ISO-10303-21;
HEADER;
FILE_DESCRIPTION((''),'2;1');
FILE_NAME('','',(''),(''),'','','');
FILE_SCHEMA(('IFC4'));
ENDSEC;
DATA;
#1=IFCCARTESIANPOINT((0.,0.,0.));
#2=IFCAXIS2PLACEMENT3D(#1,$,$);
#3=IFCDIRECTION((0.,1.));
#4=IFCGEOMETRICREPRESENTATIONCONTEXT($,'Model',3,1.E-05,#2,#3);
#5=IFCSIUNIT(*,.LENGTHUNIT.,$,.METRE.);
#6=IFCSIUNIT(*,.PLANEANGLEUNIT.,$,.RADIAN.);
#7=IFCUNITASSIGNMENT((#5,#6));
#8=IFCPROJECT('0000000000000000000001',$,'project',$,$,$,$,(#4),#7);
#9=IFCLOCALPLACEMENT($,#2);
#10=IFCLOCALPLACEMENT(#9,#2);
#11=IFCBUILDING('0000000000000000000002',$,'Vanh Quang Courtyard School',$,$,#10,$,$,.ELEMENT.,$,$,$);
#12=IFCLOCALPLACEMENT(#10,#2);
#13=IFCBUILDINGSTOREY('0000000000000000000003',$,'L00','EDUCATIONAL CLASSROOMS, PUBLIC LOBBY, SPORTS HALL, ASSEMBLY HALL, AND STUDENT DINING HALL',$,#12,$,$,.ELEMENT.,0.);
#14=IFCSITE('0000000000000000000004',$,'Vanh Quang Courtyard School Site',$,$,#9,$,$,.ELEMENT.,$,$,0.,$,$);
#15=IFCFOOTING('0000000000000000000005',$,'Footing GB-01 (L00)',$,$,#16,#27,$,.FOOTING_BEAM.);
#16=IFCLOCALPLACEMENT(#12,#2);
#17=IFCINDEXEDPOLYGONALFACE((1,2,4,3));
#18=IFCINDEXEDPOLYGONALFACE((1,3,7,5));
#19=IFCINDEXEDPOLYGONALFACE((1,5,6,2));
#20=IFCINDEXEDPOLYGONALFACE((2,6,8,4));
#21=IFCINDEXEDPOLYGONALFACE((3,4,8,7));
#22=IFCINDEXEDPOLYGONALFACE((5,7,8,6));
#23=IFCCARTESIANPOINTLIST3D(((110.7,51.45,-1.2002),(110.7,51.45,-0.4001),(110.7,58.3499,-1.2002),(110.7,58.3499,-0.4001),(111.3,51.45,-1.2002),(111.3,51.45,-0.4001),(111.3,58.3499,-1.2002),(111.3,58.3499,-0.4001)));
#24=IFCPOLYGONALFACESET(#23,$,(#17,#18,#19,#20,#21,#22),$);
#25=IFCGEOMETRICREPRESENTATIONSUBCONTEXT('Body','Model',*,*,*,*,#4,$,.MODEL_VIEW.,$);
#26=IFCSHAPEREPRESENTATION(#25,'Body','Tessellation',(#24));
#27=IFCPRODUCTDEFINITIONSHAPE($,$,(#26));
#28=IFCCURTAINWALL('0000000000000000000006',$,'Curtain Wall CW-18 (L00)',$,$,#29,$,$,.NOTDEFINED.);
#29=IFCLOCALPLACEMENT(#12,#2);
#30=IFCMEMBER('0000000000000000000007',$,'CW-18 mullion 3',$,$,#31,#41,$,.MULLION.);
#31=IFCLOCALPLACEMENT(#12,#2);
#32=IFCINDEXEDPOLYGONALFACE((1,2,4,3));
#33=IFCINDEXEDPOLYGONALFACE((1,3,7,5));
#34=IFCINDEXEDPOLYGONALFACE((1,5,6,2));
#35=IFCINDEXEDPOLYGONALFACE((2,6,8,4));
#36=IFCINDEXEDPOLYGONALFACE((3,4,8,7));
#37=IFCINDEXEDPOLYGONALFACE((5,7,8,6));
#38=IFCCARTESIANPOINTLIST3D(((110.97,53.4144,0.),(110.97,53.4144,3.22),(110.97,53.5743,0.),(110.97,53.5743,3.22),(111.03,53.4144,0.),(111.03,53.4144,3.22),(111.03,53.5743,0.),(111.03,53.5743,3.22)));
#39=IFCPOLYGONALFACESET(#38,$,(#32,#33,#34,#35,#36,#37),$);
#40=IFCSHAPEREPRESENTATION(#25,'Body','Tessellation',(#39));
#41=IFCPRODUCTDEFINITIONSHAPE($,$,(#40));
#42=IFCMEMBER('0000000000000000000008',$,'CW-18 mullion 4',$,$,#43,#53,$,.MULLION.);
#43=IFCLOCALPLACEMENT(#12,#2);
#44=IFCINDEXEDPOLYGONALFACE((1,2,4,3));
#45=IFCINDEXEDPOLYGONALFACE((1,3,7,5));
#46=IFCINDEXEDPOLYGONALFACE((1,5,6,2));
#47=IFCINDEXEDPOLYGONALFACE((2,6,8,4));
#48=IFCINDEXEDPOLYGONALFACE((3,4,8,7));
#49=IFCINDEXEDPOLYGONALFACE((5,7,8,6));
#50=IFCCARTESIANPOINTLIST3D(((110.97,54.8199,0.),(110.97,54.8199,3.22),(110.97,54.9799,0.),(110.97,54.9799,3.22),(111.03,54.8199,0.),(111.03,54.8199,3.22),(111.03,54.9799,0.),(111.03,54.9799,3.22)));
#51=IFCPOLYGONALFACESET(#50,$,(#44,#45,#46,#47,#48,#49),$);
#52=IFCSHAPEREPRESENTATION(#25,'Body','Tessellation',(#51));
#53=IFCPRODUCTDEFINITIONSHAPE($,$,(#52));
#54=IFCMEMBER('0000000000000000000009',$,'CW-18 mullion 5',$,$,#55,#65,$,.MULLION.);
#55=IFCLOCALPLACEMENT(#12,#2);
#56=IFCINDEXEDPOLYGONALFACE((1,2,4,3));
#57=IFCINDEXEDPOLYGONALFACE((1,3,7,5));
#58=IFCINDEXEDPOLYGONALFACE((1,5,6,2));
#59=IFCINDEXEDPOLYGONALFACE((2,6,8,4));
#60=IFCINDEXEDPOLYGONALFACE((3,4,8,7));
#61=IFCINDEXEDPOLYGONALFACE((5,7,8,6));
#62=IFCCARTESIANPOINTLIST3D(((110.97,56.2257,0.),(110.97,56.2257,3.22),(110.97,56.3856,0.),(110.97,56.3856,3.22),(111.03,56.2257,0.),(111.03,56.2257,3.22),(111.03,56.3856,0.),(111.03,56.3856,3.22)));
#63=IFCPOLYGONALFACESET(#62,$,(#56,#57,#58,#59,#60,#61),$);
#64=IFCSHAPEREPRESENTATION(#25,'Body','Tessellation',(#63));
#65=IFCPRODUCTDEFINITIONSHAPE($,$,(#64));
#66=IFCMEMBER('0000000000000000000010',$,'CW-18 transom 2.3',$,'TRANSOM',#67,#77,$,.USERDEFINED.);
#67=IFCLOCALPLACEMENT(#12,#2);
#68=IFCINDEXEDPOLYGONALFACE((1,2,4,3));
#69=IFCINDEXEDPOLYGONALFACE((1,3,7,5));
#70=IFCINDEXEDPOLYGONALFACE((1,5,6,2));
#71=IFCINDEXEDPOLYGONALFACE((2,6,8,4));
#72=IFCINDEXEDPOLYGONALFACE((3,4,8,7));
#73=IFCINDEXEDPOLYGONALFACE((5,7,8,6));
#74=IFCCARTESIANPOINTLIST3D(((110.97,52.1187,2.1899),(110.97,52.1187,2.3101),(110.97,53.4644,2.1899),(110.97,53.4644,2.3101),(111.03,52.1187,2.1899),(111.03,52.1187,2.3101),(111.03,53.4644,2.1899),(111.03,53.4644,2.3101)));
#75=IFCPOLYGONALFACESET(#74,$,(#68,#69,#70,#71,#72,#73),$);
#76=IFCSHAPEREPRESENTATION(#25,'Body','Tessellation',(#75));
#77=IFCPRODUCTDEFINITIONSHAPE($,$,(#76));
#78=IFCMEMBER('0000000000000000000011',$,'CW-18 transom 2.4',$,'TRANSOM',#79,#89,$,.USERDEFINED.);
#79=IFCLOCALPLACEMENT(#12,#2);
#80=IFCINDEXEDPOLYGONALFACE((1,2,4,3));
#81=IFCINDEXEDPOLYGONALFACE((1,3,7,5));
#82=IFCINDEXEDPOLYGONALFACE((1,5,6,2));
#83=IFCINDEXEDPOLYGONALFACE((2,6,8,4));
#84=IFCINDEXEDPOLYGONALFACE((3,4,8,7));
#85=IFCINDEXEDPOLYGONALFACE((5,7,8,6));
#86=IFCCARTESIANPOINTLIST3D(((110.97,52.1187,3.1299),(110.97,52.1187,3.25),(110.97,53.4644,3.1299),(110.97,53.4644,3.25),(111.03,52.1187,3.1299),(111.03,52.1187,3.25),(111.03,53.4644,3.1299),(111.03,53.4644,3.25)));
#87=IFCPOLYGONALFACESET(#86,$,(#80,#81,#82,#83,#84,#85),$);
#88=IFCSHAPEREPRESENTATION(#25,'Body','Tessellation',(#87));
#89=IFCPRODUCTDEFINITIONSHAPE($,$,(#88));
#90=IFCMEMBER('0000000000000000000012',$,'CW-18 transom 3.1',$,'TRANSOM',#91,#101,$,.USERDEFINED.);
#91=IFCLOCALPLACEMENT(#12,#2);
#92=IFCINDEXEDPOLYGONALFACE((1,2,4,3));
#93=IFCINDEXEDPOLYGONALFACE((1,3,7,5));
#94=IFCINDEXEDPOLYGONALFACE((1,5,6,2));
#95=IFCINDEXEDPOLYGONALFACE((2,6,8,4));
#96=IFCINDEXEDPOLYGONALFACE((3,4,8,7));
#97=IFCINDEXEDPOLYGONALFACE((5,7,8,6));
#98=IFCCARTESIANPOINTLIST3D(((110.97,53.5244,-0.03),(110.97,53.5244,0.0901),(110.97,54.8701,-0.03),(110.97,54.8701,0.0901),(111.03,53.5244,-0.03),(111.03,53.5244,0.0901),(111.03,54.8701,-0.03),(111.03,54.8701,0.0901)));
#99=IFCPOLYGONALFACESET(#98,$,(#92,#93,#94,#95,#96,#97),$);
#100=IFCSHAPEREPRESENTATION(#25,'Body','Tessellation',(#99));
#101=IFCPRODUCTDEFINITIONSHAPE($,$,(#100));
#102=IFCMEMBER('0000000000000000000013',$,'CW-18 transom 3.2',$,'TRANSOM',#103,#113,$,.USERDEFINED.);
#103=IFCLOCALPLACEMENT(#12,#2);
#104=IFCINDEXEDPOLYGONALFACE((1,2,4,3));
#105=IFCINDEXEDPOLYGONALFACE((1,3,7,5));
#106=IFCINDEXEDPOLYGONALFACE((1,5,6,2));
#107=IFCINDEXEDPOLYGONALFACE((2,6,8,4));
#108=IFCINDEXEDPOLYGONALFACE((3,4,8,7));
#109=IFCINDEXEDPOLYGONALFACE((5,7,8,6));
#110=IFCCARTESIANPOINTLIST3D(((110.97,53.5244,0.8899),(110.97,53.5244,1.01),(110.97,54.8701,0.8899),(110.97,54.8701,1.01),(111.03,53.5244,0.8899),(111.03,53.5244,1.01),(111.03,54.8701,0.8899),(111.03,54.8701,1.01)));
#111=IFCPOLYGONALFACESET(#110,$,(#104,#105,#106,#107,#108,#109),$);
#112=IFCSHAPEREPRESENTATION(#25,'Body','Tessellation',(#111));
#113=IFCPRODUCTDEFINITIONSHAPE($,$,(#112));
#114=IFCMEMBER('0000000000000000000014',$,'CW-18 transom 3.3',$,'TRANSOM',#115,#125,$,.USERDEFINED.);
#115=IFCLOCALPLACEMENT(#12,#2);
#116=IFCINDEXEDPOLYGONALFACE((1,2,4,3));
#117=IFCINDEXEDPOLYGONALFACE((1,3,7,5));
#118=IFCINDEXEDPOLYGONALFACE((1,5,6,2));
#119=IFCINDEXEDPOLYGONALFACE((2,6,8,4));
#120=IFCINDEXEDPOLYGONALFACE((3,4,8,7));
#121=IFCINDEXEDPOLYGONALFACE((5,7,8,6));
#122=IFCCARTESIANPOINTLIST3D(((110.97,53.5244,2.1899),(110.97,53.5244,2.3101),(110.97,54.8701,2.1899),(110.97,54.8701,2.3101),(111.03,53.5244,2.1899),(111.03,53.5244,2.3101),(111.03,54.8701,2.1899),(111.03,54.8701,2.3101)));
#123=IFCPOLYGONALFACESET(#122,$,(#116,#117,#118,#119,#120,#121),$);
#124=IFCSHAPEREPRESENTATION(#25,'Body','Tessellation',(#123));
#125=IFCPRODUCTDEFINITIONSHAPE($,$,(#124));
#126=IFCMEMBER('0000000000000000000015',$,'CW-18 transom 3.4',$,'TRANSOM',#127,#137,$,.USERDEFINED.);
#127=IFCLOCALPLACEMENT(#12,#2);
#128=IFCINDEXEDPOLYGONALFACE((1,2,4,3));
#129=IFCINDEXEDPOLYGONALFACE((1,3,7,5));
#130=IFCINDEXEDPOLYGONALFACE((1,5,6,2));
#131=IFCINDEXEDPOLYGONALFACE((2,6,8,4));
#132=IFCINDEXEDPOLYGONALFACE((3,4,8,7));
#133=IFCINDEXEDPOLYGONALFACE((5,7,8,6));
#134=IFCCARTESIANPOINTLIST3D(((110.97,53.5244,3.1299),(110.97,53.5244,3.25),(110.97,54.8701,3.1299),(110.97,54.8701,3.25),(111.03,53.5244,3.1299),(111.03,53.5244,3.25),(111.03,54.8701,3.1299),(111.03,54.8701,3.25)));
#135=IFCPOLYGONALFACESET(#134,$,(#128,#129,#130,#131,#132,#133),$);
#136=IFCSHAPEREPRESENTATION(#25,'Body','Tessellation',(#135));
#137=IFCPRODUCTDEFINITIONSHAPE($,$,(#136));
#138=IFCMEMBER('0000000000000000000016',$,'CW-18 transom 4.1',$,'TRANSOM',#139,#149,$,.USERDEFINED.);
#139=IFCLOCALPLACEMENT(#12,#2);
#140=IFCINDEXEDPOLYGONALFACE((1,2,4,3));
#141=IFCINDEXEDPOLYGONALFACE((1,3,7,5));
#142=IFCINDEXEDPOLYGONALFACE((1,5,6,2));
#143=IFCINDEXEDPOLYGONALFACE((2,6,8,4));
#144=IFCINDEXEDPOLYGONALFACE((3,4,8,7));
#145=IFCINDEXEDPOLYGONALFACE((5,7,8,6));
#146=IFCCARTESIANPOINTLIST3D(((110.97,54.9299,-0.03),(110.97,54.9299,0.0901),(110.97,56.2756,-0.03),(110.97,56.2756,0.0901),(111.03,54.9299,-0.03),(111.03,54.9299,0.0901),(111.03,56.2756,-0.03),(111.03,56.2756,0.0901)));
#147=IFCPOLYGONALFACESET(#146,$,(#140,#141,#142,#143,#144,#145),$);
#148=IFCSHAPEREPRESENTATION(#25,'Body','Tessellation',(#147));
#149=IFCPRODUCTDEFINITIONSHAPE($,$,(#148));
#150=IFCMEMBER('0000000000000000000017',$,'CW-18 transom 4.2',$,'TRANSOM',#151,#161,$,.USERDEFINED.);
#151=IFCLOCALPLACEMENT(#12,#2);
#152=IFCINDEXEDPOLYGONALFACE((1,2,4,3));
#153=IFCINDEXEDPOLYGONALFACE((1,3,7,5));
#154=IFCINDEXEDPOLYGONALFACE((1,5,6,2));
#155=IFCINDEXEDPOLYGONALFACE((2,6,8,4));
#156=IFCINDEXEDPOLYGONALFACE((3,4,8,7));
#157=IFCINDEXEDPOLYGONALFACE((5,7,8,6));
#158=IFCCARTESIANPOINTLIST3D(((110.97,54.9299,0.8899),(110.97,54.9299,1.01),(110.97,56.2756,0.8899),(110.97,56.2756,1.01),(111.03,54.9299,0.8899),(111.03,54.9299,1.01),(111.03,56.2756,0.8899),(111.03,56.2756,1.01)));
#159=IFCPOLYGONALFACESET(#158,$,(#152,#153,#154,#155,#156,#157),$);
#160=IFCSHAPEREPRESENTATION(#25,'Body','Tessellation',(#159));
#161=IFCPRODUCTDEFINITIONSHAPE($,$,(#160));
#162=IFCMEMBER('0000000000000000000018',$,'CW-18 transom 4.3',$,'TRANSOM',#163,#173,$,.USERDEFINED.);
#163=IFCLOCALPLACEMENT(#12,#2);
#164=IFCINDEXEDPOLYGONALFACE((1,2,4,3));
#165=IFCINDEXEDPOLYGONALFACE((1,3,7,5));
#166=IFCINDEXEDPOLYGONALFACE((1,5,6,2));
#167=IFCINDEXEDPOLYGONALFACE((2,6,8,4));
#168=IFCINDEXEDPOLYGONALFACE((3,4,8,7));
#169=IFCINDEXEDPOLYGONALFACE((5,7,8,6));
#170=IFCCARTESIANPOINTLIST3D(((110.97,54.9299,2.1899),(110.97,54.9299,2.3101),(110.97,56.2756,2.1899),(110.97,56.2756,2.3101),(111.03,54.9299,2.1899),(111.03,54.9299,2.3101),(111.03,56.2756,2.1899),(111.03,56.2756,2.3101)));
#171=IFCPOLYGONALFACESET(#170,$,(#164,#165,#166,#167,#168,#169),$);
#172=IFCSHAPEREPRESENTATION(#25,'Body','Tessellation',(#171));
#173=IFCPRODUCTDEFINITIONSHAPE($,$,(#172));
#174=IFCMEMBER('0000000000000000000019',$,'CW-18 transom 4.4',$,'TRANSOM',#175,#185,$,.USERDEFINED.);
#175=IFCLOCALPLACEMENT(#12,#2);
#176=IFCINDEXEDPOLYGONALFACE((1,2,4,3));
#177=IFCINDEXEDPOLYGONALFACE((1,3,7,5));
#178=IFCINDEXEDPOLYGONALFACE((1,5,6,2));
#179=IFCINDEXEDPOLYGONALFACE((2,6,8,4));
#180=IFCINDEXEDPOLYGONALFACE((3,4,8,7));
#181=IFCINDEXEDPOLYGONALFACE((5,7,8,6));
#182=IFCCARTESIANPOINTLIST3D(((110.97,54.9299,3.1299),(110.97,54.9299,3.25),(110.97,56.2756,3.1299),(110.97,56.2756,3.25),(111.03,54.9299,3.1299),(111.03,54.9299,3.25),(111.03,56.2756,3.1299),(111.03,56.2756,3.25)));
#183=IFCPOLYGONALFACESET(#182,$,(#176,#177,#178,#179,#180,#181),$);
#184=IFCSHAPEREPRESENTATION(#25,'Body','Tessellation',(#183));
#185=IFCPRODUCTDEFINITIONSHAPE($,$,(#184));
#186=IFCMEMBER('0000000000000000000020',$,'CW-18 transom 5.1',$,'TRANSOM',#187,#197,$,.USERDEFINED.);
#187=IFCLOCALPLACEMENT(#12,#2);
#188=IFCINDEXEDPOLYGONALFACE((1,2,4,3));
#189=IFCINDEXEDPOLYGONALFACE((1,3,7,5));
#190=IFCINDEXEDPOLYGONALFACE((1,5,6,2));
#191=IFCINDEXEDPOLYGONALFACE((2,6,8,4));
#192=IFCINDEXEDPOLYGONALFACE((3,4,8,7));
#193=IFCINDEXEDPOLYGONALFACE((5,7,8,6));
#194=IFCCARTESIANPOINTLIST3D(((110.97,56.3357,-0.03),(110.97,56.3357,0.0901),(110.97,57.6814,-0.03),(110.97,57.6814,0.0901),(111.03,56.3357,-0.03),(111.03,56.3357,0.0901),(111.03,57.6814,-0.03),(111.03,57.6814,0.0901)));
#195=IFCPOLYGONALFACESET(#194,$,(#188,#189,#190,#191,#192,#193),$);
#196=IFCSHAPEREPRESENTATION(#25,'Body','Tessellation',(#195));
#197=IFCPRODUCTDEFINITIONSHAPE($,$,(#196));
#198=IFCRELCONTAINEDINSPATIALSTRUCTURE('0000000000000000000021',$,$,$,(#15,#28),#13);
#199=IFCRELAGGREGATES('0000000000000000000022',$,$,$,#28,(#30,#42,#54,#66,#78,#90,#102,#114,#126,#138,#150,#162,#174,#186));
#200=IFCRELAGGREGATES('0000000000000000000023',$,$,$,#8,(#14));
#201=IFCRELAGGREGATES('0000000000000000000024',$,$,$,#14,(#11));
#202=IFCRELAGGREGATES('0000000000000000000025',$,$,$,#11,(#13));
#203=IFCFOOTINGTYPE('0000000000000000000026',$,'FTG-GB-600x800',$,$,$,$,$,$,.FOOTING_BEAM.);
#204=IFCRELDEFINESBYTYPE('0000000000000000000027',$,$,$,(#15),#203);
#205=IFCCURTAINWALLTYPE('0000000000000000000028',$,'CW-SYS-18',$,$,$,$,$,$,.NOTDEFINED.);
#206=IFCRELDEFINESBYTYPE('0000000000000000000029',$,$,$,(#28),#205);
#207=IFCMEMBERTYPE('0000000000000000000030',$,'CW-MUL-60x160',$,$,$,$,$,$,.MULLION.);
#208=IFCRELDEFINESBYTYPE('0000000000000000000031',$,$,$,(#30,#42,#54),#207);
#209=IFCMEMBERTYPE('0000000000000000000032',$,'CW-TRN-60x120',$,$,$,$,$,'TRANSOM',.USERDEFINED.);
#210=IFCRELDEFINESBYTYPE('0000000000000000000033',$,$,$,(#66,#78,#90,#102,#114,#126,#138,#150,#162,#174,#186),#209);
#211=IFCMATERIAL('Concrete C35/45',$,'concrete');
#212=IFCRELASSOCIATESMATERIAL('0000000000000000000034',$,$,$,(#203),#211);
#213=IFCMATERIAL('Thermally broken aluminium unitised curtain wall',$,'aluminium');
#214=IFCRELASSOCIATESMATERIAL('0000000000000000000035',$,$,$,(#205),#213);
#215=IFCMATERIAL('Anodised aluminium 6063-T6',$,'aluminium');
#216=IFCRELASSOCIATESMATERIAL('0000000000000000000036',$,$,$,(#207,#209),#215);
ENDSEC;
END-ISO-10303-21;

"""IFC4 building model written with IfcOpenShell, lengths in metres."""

from ifc_helpers import new_model, si_unit, direction, frame, origin, origin_2d, place, context, subcontext, project, spatial, rectangle, extrude, material, material_profile, profile_set, type_object, element, aggregate, save


model = new_model("IFC4")

# Units and contexts
model_context = context("Model", 3, precision=1e-05, world=origin(), true_north=direction((0.0, 1.0)))
body_context = subcontext(model_context, "Body", "Model", "MODEL_VIEW")
ifc_project = project(units=[si_unit("LENGTHUNIT", "METRE"), si_unit("PLANEANGLEUNIT", "RADIAN")], contexts=[model_context])

# Site, building, storey
site_placement = place(None, origin())
site = spatial("IfcSite", under=ifc_project, at=site_placement, Name="Vanh Quang Courtyard School Site", CompositionType="ELEMENT", RefElevation=0.0)
building_placement = place(site_placement, origin())
building = spatial("IfcBuilding", under=site, at=building_placement, Name="Vanh Quang Courtyard School", CompositionType="ELEMENT")
storey_placement = place(building_placement, origin())
storey = spatial("IfcBuildingStorey", under=building, at=storey_placement, Name="L00", Description="EDUCATIONAL CLASSROOMS, PUBLIC LOBBY, SPORTS HALL, ASSEMBLY HALL, AND STUDENT DINING HALL", CompositionType="ELEMENT", Elevation=0.0)

# Footing
ifc_material_1 = material(Name="Concrete C35/45", Category="concrete")
footing_type = type_object("IfcFootingType", Name="FTG-GB-600x800", PredefinedType="FOOTING_BEAM", material=ifc_material_1)
footing_placement = place(storey_placement, frame((111.0, 54.8999, -1.2002), z_axis=(0.0, 0.0, 1.0), x_axis=(0.0, 1.0, 0.0)))
element("IfcFooting", 1, at=footing_placement, inside=storey, type_object=footing_type, Name="Footing GB-01 (L00)", PredefinedType="FOOTING_BEAM", context=body_context, shape_type="SweptSolid", body=[
    extrude(rectangle(XDim=6.8999, YDim=0.6001, at=origin_2d()), origin(), (0.0, 0.0, 1.0), 0.8),
])

# Curtain wall, members
ifc_material_2 = material(Name="Thermally broken aluminium unitised curtain wall", Category="aluminium")
curtain_wall_type = type_object("IfcCurtainWallType", Name="CW-SYS-18", PredefinedType="NOTDEFINED", material=ifc_material_2)
curtain_wall_placement = place(storey_placement, origin())
curtain_wall = element("IfcCurtainWall", 2, at=curtain_wall_placement, inside=storey, type_object=curtain_wall_type, Name="Curtain Wall CW-18 (L00)", PredefinedType="NOTDEFINED")
ifc_material_3 = material(Name="Anodised aluminium 6063-T6", Category="aluminium")
ifc_material_profile_1 = material_profile(ifc_material_3, rectangle(XDim=0.0601, YDim=0.1599, at=origin_2d()), Name="ALU-MUL 60x160")
ifc_profile_set_1 = profile_set([ifc_material_profile_1], Name="Anodised aluminium 6063-T6")
member_type_1 = type_object("IfcMemberType", Name="CW-MUL-60x160", PredefinedType="MULLION", material=ifc_profile_set_1)
member_1_placement = place(storey_placement, frame((111.0, 53.4944, 0.0), z_axis=(0.0, 0.0, 1.0), x_axis=(-1.0, 0.0, 0.0)))
member_1 = element("IfcMember", 3, at=member_1_placement, type_object=member_type_1, Name="CW-18 mullion 3", PredefinedType="MULLION", context=body_context, shape_type="SweptSolid", body=[
    extrude(rectangle(XDim=0.0601, YDim=0.1599, at=origin_2d()), origin(), (0.0, 0.0, 1.0), 3.22),
])
member_2_placement = place(storey_placement, frame((111.0, 54.8999, 0.0), z_axis=(0.0, 0.0, 1.0), x_axis=(-1.0, 0.0, 0.0)))
member_2 = element("IfcMember", 4, at=member_2_placement, type_object=member_type_1, Name="CW-18 mullion 4", PredefinedType="MULLION", context=body_context, shape_type="SweptSolid", body=[
    extrude(rectangle(XDim=0.0601, YDim=0.1599, at=origin_2d()), origin(), (0.0, 0.0, 1.0), 3.22),
])
member_3_placement = place(storey_placement, frame((111.0, 56.3057, 0.0), z_axis=(0.0, 0.0, 1.0), x_axis=(-1.0, 0.0, 0.0)))
member_3 = element("IfcMember", 5, at=member_3_placement, type_object=member_type_1, Name="CW-18 mullion 5", PredefinedType="MULLION", context=body_context, shape_type="SweptSolid", body=[
    extrude(rectangle(XDim=0.0601, YDim=0.1599, at=origin_2d()), origin(), (0.0, 0.0, 1.0), 3.22),
])
ifc_material_profile_2 = material_profile(ifc_material_3, rectangle(XDim=0.0601, YDim=0.1201, at=origin_2d()), Name="ALU-TRN 60x120")
ifc_profile_set_2 = profile_set([ifc_material_profile_2], Name="Anodised aluminium 6063-T6")
member_type_2 = type_object("IfcMemberType", Name="CW-TRN-60x120", ElementType="TRANSOM", PredefinedType="USERDEFINED", material=ifc_profile_set_2)
member_4_placement = place(storey_placement, frame((111.0, 52.1187, 2.25), z_axis=(0.0, 1.0, 0.0), x_axis=(-1.0, 0.0, 0.0)))
member_4 = element("IfcMember", 6, at=member_4_placement, type_object=member_type_2, Name="CW-18 transom 2.3", ObjectType="TRANSOM", PredefinedType="USERDEFINED", context=body_context, shape_type="SweptSolid", body=[
    extrude(rectangle(XDim=0.0601, YDim=0.1201, at=origin_2d()), origin(), (0.0, 0.0, 1.0), 1.3457),
])
member_5_placement = place(storey_placement, frame((111.0, 52.1187, 3.1899), z_axis=(0.0, 1.0, 0.0), x_axis=(-1.0, 0.0, 0.0)))
member_5 = element("IfcMember", 7, at=member_5_placement, type_object=member_type_2, Name="CW-18 transom 2.4", ObjectType="TRANSOM", PredefinedType="USERDEFINED", context=body_context, shape_type="SweptSolid", body=[
    extrude(rectangle(XDim=0.0601, YDim=0.1201, at=origin_2d()), origin(), (0.0, 0.0, 1.0), 1.3457),
])
member_6_placement = place(storey_placement, frame((111.0, 53.5244, 0.03), z_axis=(0.0, 1.0, 0.0), x_axis=(-1.0, 0.0, 0.0)))
member_6 = element("IfcMember", 8, at=member_6_placement, type_object=member_type_2, Name="CW-18 transom 3.1", ObjectType="TRANSOM", PredefinedType="USERDEFINED", context=body_context, shape_type="SweptSolid", body=[
    extrude(rectangle(XDim=0.0601, YDim=0.1201, at=origin_2d()), origin(), (0.0, 0.0, 1.0), 1.3457),
])
member_7_placement = place(storey_placement, frame((111.0, 53.5244, 0.95), z_axis=(0.0, 1.0, 0.0), x_axis=(-1.0, 0.0, 0.0)))
member_7 = element("IfcMember", 9, at=member_7_placement, type_object=member_type_2, Name="CW-18 transom 3.2", ObjectType="TRANSOM", PredefinedType="USERDEFINED", context=body_context, shape_type="SweptSolid", body=[
    extrude(rectangle(XDim=0.0601, YDim=0.1201, at=origin_2d()), origin(), (0.0, 0.0, 1.0), 1.3457),
])
member_8_placement = place(storey_placement, frame((111.0, 53.5244, 2.25), z_axis=(0.0, 1.0, 0.0), x_axis=(-1.0, 0.0, 0.0)))
member_8 = element("IfcMember", 10, at=member_8_placement, type_object=member_type_2, Name="CW-18 transom 3.3", ObjectType="TRANSOM", PredefinedType="USERDEFINED", context=body_context, shape_type="SweptSolid", body=[
    extrude(rectangle(XDim=0.0601, YDim=0.1201, at=origin_2d()), origin(), (0.0, 0.0, 1.0), 1.3457),
])
member_9_placement = place(storey_placement, frame((111.0, 53.5244, 3.1899), z_axis=(0.0, 1.0, 0.0), x_axis=(-1.0, 0.0, 0.0)))
member_9 = element("IfcMember", 11, at=member_9_placement, type_object=member_type_2, Name="CW-18 transom 3.4", ObjectType="TRANSOM", PredefinedType="USERDEFINED", context=body_context, shape_type="SweptSolid", body=[
    extrude(rectangle(XDim=0.0601, YDim=0.1201, at=origin_2d()), origin(), (0.0, 0.0, 1.0), 1.3457),
])
member_10_placement = place(storey_placement, frame((111.0, 54.9299, 0.03), z_axis=(0.0, 1.0, 0.0), x_axis=(-1.0, 0.0, 0.0)))
member_10 = element("IfcMember", 12, at=member_10_placement, type_object=member_type_2, Name="CW-18 transom 4.1", ObjectType="TRANSOM", PredefinedType="USERDEFINED", context=body_context, shape_type="SweptSolid", body=[
    extrude(rectangle(XDim=0.0601, YDim=0.1201, at=origin_2d()), origin(), (0.0, 0.0, 1.0), 1.3457),
])
member_11_placement = place(storey_placement, frame((111.0, 54.9299, 0.95), z_axis=(0.0, 1.0, 0.0), x_axis=(-1.0, 0.0, 0.0)))
member_11 = element("IfcMember", 13, at=member_11_placement, type_object=member_type_2, Name="CW-18 transom 4.2", ObjectType="TRANSOM", PredefinedType="USERDEFINED", context=body_context, shape_type="SweptSolid", body=[
    extrude(rectangle(XDim=0.0601, YDim=0.1201, at=origin_2d()), origin(), (0.0, 0.0, 1.0), 1.3457),
])
member_12_placement = place(storey_placement, frame((111.0, 54.9299, 2.25), z_axis=(0.0, 1.0, 0.0), x_axis=(-1.0, 0.0, 0.0)))
member_12 = element("IfcMember", 14, at=member_12_placement, type_object=member_type_2, Name="CW-18 transom 4.3", ObjectType="TRANSOM", PredefinedType="USERDEFINED", context=body_context, shape_type="SweptSolid", body=[
    extrude(rectangle(XDim=0.0601, YDim=0.1201, at=origin_2d()), origin(), (0.0, 0.0, 1.0), 1.3457),
])
member_13_placement = place(storey_placement, frame((111.0, 54.9299, 3.1899), z_axis=(0.0, 1.0, 0.0), x_axis=(-1.0, 0.0, 0.0)))
member_13 = element("IfcMember", 15, at=member_13_placement, type_object=member_type_2, Name="CW-18 transom 4.4", ObjectType="TRANSOM", PredefinedType="USERDEFINED", context=body_context, shape_type="SweptSolid", body=[
    extrude(rectangle(XDim=0.0601, YDim=0.1201, at=origin_2d()), origin(), (0.0, 0.0, 1.0), 1.3457),
])
member_14_placement = place(storey_placement, frame((111.0, 56.3357, 0.03), z_axis=(0.0, 1.0, 0.0), x_axis=(-1.0, 0.0, 0.0)))
member_14 = element("IfcMember", 16, at=member_14_placement, type_object=member_type_2, Name="CW-18 transom 5.1", ObjectType="TRANSOM", PredefinedType="USERDEFINED", context=body_context, shape_type="SweptSolid", body=[
    extrude(rectangle(XDim=0.0601, YDim=0.1201, at=origin_2d()), origin(), (0.0, 0.0, 1.0), 1.3457),
])
aggregate(curtain_wall, [member_1, member_2, member_3, member_4, member_5, member_6, member_7, member_8, member_9, member_10, member_11, member_12, member_13, member_14])

save(model, "model.ifc")
